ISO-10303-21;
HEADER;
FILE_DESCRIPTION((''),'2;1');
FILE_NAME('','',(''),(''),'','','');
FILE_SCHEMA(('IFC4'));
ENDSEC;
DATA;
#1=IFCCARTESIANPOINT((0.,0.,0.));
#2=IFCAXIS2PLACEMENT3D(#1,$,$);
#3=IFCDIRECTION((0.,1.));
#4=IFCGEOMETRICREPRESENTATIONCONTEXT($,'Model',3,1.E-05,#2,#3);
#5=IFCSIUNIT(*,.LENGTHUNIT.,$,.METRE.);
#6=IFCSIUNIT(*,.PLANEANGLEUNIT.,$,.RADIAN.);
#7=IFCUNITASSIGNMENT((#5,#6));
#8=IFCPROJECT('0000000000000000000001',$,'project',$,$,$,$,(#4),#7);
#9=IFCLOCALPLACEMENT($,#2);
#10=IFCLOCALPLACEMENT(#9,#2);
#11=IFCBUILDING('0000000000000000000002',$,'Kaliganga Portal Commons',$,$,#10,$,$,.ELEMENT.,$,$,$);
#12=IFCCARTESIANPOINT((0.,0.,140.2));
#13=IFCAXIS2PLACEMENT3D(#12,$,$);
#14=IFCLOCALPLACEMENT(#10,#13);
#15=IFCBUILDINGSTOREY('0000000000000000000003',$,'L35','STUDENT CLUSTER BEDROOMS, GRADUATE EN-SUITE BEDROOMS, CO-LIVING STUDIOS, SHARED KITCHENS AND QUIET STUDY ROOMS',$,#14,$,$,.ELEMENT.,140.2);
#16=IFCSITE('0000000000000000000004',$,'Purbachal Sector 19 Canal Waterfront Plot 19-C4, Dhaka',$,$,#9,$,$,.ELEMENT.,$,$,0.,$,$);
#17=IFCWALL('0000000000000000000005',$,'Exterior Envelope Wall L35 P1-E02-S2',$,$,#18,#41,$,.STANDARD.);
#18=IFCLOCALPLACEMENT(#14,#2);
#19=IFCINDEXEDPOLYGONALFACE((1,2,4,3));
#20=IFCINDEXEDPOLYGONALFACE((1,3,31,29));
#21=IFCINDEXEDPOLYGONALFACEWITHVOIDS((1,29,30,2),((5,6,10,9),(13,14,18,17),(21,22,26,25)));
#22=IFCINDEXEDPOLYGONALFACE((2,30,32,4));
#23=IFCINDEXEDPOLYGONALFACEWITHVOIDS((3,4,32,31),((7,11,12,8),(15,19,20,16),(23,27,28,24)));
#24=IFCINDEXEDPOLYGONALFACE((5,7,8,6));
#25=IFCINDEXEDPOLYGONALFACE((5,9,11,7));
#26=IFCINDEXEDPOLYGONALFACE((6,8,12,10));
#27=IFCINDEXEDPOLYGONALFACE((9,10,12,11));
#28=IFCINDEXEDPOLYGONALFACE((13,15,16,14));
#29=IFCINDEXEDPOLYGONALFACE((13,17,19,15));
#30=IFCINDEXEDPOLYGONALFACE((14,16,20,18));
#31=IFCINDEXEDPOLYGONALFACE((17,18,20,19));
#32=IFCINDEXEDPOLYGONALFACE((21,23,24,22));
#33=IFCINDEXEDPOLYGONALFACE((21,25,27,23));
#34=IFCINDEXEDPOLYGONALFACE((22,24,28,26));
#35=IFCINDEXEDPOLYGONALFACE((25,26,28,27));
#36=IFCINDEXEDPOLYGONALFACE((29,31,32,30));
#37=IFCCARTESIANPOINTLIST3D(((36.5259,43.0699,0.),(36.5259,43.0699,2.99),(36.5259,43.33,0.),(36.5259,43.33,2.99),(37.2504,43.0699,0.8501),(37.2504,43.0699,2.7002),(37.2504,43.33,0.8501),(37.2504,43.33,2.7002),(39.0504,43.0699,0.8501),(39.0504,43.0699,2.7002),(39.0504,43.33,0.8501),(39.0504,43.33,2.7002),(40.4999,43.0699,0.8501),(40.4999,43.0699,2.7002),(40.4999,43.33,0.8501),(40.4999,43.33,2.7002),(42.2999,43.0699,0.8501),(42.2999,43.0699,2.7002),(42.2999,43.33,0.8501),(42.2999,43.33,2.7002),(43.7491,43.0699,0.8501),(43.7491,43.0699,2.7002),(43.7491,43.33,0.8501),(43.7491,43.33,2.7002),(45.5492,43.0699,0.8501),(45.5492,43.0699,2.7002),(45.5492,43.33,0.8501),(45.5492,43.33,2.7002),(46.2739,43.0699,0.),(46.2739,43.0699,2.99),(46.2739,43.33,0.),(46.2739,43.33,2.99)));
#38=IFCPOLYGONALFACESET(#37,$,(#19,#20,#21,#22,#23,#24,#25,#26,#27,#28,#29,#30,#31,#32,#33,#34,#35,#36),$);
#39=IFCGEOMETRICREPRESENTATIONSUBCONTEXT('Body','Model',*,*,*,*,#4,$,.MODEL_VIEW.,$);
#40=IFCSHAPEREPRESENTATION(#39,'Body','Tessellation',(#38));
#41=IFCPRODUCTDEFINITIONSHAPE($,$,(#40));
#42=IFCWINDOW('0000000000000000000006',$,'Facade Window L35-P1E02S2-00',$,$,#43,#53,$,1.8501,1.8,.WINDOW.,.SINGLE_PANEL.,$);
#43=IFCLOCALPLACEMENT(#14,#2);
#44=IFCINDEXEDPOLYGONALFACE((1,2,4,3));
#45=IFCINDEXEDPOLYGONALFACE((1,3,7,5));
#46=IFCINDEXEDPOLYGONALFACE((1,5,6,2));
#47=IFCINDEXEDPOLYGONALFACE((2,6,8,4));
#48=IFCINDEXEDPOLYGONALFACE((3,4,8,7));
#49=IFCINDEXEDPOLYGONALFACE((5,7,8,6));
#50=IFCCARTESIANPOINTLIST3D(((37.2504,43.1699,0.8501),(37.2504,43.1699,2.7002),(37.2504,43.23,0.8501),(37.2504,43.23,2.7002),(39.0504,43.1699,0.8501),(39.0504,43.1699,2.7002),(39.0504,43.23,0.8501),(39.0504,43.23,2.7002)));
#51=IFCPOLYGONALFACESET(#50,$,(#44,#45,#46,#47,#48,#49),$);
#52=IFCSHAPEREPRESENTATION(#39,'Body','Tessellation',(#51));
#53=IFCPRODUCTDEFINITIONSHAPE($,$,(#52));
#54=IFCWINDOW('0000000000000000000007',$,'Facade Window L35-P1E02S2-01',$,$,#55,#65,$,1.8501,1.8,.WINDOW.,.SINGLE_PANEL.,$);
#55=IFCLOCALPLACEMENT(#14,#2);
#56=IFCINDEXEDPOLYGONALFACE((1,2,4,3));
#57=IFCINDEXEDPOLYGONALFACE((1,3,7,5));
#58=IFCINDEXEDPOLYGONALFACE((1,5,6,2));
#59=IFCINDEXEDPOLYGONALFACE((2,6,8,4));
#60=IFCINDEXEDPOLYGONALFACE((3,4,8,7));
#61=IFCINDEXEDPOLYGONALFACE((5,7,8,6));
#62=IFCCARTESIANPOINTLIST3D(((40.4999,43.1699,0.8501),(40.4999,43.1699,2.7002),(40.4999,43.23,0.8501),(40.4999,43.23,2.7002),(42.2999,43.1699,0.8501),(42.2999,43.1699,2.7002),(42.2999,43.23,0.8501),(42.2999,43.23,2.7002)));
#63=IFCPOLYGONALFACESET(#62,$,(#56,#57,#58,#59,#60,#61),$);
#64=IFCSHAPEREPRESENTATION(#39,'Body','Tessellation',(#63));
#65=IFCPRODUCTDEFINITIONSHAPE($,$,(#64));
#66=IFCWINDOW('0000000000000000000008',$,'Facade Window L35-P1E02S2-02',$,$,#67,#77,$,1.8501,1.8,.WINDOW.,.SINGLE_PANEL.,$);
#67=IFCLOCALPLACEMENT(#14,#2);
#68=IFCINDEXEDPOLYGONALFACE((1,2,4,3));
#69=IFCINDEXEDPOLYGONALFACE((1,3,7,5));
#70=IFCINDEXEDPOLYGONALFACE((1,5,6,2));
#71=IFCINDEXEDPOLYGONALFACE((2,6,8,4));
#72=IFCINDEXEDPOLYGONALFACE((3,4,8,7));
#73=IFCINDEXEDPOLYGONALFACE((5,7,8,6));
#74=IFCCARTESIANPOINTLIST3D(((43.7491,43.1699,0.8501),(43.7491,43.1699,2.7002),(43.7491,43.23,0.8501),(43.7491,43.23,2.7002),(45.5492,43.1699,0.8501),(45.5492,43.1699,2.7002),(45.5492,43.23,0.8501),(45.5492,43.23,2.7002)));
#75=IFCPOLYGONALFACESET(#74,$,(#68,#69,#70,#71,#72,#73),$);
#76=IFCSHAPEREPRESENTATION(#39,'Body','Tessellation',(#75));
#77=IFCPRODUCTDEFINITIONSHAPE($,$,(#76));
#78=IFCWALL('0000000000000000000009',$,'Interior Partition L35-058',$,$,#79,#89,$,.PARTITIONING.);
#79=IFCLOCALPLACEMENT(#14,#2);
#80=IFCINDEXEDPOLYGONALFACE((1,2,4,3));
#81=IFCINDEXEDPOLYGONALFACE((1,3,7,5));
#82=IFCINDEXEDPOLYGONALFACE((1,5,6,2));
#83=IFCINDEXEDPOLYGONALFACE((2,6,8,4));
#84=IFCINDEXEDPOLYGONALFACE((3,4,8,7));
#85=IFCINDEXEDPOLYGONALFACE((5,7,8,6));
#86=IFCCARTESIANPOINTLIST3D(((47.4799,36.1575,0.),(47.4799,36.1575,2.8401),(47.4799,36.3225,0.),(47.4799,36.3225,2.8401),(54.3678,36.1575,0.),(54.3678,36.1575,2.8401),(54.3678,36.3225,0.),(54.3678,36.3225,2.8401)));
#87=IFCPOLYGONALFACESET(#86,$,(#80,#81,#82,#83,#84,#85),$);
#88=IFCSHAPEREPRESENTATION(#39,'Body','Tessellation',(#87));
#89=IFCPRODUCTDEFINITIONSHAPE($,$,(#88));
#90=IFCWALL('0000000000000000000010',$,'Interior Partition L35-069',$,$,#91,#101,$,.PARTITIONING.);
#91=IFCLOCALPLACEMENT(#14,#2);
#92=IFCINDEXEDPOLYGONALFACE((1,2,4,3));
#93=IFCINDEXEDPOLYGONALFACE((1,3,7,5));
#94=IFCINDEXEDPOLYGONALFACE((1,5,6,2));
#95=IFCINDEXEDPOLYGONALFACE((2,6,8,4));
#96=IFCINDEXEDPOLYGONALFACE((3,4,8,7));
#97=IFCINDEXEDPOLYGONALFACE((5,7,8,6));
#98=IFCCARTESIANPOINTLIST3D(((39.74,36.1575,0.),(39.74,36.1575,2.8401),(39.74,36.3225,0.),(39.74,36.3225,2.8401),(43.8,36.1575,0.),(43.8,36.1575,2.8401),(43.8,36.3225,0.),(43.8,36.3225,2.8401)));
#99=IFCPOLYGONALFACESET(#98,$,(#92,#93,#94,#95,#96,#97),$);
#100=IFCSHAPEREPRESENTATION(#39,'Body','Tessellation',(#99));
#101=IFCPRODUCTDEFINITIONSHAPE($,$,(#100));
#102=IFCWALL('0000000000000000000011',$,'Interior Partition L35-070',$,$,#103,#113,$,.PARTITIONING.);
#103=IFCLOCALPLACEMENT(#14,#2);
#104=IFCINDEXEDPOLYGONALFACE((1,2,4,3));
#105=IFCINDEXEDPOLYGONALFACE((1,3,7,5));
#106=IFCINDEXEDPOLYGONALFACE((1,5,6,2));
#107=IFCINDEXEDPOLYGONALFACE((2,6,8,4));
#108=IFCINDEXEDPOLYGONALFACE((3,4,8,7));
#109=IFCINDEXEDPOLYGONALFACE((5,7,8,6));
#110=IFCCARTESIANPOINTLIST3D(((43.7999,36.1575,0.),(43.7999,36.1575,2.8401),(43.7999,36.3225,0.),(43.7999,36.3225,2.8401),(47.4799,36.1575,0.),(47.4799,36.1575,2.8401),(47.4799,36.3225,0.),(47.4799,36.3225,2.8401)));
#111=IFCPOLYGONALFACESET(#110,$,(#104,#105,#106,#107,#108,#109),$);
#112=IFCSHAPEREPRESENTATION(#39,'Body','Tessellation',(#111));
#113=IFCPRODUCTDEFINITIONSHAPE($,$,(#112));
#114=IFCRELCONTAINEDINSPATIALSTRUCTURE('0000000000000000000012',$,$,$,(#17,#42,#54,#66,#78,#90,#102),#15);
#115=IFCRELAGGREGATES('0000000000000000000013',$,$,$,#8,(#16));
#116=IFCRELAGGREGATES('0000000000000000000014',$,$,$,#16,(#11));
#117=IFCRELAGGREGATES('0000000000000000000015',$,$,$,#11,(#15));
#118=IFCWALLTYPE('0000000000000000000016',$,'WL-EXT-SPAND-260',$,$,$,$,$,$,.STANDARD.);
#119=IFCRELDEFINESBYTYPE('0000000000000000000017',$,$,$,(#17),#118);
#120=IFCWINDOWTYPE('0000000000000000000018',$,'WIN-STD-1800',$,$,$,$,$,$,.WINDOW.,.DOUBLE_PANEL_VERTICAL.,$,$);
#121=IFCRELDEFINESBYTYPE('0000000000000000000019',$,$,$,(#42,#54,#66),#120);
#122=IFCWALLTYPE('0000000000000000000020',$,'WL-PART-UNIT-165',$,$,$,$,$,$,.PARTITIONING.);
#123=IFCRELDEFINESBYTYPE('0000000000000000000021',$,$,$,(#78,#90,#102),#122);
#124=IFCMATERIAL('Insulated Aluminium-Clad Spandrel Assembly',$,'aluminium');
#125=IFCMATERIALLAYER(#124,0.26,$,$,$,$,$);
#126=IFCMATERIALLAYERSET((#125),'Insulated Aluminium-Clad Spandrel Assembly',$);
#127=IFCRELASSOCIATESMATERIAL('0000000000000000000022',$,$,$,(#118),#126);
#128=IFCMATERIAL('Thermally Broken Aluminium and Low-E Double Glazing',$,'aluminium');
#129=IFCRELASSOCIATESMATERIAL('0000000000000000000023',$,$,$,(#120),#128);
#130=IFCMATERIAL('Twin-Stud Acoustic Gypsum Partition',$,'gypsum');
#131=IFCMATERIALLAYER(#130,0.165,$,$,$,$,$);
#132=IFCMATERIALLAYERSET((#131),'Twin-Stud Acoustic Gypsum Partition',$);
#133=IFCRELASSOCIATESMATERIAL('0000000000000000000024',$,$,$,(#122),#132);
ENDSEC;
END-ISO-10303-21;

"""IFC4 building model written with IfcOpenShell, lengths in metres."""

from ifc_helpers import new_model, si_unit, direction, frame, frame_2d, origin, place, context, subcontext, project, spatial, rectangle, extrude, material, layer, layer_set, type_object, element, fill, save


model = new_model("IFC4")

# Units and contexts
model_context = context("Model", 3, precision=1e-05, world=origin(), true_north=direction((0.0, 1.0)))
body_context = subcontext(model_context, "Body", "Model", "MODEL_VIEW")
ifc_project = project(units=[si_unit("LENGTHUNIT", "METRE"), si_unit("PLANEANGLEUNIT", "RADIAN")], contexts=[model_context])

# Site, building, storey
site_placement = place(None, origin())
site = spatial("IfcSite", under=ifc_project, at=site_placement, Name="Purbachal Sector 19 Canal Waterfront Plot 19-C4, Dhaka", CompositionType="ELEMENT", RefElevation=0.0)
building_placement = place(site_placement, origin())
building = spatial("IfcBuilding", under=site, at=building_placement, Name="Kaliganga Portal Commons", CompositionType="ELEMENT")
storey_placement = place(building_placement, frame((0.0, 0.0, 140.2)))
storey = spatial("IfcBuildingStorey", under=building, at=storey_placement, Name="L35", Description="STUDENT CLUSTER BEDROOMS, GRADUATE EN-SUITE BEDROOMS, CO-LIVING STUDIOS, SHARED KITCHENS AND QUIET STUDY ROOMS", CompositionType="ELEMENT", Elevation=140.2)

# Shared definitions
ifc_material_1 = material(Name="Insulated Aluminium-Clad Spandrel Assembly", Category="aluminium")
ifc_layer_1 = layer(ifc_material_1, 0.26)
ifc_layer_set_1 = layer_set([ifc_layer_1], Name="Insulated Aluminium-Clad Spandrel Assembly")
wall_type_1 = type_object("IfcWallType", Name="WL-EXT-SPAND-260", PredefinedType="STANDARD", material=ifc_layer_set_1)
ifc_material_2 = material(Name="Thermally Broken Aluminium and Low-E Double Glazing", Category="aluminium")
window_type = type_object("IfcWindowType", Name="WIN-STD-1800", PartitioningType="DOUBLE_PANEL_VERTICAL", PredefinedType="WINDOW", material=ifc_material_2)

# Wall, openings, windows
wall_1_placement = place(storey_placement, frame((36.5259, 43.2, 0.0), z_axis=(0.0, 0.0, 1.0), x_axis=(1.0, 0.0, 0.0)))
wall_1 = element("IfcWall", 1, at=wall_1_placement, inside=storey, type_object=wall_type_1, Name="Exterior Envelope Wall L35 P1-E02-S2", PredefinedType="STANDARD", context=body_context, shape_type="SweptSolid", body=[
    extrude(rectangle(XDim=9.748, YDim=0.26, at=frame_2d((4.874, 0.0))), origin(), (0.0, 0.0, 1.0), 2.99),
])
opening_1_placement = place(wall_1_placement, frame((0.7246, 0.0, 0.8501)))
opening_1 = element("IfcOpeningElement", 2, at=opening_1_placement, cuts=wall_1, PredefinedType="OPENING", context=body_context, shape_type="SweptSolid", body=[
    extrude(rectangle(XDim=1.8, YDim=1.8501, at=frame_2d((0.8999, 0.925))), frame((0.0, 0.1401, 0.0), z_axis=(0.0, -1.0, 0.0), x_axis=(1.0, 0.0, 0.0)), (0.0, 0.0, 1.0), 0.28),
])
opening_2_placement = place(wall_1_placement, frame((3.9741, 0.0, 0.8501)))
opening_2 = element("IfcOpeningElement", 3, at=opening_2_placement, cuts=wall_1, PredefinedType="OPENING", context=body_context, shape_type="SweptSolid", body=[
    extrude(rectangle(XDim=1.8, YDim=1.8501, at=frame_2d((0.8999, 0.925))), frame((0.0, 0.1401, 0.0), z_axis=(0.0, -1.0, 0.0), x_axis=(1.0, 0.0, 0.0)), (0.0, 0.0, 1.0), 0.28),
])
opening_3_placement = place(wall_1_placement, frame((7.2234, 0.0, 0.8501)))
opening_3 = element("IfcOpeningElement", 4, at=opening_3_placement, cuts=wall_1, PredefinedType="OPENING", context=body_context, shape_type="SweptSolid", body=[
    extrude(rectangle(XDim=1.8, YDim=1.8501, at=frame_2d((0.8999, 0.925))), frame((0.0, 0.1401, 0.0), z_axis=(0.0, -1.0, 0.0), x_axis=(1.0, 0.0, 0.0)), (0.0, 0.0, 1.0), 0.28),
])
window_1_placement = place(opening_1_placement, origin())
window_1 = element("IfcWindow", 5, at=window_1_placement, inside=storey, type_object=window_type, Name="Facade Window L35-P1E02S2-00", OverallHeight=1.8501, OverallWidth=1.8, PartitioningType="SINGLE_PANEL", PredefinedType="WINDOW", context=body_context, shape_type="SweptSolid", body=[
    extrude(rectangle(XDim=1.8, YDim=1.8501, at=frame_2d((0.8999, 0.925))), frame((0.0, 0.03, 0.0), z_axis=(0.0, -1.0, 0.0), x_axis=(1.0, 0.0, 0.0)), (0.0, 0.0, 1.0), 0.0601),
])
fill(opening_1, window_1)
window_2_placement = place(opening_2_placement, origin())
window_2 = element("IfcWindow", 6, at=window_2_placement, inside=storey, type_object=window_type, Name="Facade Window L35-P1E02S2-01", OverallHeight=1.8501, OverallWidth=1.8, PartitioningType="SINGLE_PANEL", PredefinedType="WINDOW", context=body_context, shape_type="SweptSolid", body=[
    extrude(rectangle(XDim=1.8, YDim=1.8501, at=frame_2d((0.8999, 0.925))), frame((0.0, 0.03, 0.0), z_axis=(0.0, -1.0, 0.0), x_axis=(1.0, 0.0, 0.0)), (0.0, 0.0, 1.0), 0.0601),
])
fill(opening_2, window_2)
window_3_placement = place(opening_3_placement, origin())
window_3 = element("IfcWindow", 7, at=window_3_placement, inside=storey, type_object=window_type, Name="Facade Window L35-P1E02S2-02", OverallHeight=1.8501, OverallWidth=1.8, PartitioningType="SINGLE_PANEL", PredefinedType="WINDOW", context=body_context, shape_type="SweptSolid", body=[
    extrude(rectangle(XDim=1.8, YDim=1.8501, at=frame_2d((0.8999, 0.925))), frame((0.0, 0.03, 0.0), z_axis=(0.0, -1.0, 0.0), x_axis=(1.0, 0.0, 0.0)), (0.0, 0.0, 1.0), 0.0601),
])
fill(opening_3, window_3)

# Walls
ifc_material_3 = material(Name="Twin-Stud Acoustic Gypsum Partition", Category="gypsum")
ifc_layer_2 = layer(ifc_material_3, 0.165)
ifc_layer_set_2 = layer_set([ifc_layer_2], Name="Twin-Stud Acoustic Gypsum Partition")
wall_type_2 = type_object("IfcWallType", Name="WL-PART-UNIT-165", PredefinedType="PARTITIONING", material=ifc_layer_set_2)
wall_2_placement = place(storey_placement, frame((47.48, 36.24, 0.0), z_axis=(0.0, 0.0, 1.0), x_axis=(1.0, 0.0, 0.0)))
element("IfcWall", 8, at=wall_2_placement, inside=storey, type_object=wall_type_2, Name="Interior Partition L35-058", PredefinedType="PARTITIONING", context=body_context, shape_type="SweptSolid", body=[
    extrude(rectangle(XDim=6.8879, YDim=0.165, at=frame_2d((3.4438, 0.0))), origin(), (0.0, 0.0, 1.0), 2.8401),
])
wall_3_placement = place(storey_placement, frame((39.74, 36.24, 0.0), z_axis=(0.0, 0.0, 1.0), x_axis=(1.0, 0.0, 0.0)))
element("IfcWall", 9, at=wall_3_placement, inside=storey, type_object=wall_type_2, Name="Interior Partition L35-069", PredefinedType="PARTITIONING", context=body_context, shape_type="SweptSolid", body=[
    extrude(rectangle(XDim=4.0601, YDim=0.165, at=frame_2d((2.03, 0.0))), origin(), (0.0, 0.0, 1.0), 2.8401),
])
wall_4_placement = place(storey_placement, frame((43.8, 36.24, 0.0), z_axis=(0.0, 0.0, 1.0), x_axis=(1.0, 0.0, 0.0)))
element("IfcWall", 10, at=wall_4_placement, inside=storey, type_object=wall_type_2, Name="Interior Partition L35-070", PredefinedType="PARTITIONING", context=body_context, shape_type="SweptSolid", body=[
    extrude(rectangle(XDim=3.6799, YDim=0.165, at=frame_2d((1.8398, 0.0))), origin(), (0.0, 0.0, 1.0), 2.8401),
])

save(model, "model.ifc")
